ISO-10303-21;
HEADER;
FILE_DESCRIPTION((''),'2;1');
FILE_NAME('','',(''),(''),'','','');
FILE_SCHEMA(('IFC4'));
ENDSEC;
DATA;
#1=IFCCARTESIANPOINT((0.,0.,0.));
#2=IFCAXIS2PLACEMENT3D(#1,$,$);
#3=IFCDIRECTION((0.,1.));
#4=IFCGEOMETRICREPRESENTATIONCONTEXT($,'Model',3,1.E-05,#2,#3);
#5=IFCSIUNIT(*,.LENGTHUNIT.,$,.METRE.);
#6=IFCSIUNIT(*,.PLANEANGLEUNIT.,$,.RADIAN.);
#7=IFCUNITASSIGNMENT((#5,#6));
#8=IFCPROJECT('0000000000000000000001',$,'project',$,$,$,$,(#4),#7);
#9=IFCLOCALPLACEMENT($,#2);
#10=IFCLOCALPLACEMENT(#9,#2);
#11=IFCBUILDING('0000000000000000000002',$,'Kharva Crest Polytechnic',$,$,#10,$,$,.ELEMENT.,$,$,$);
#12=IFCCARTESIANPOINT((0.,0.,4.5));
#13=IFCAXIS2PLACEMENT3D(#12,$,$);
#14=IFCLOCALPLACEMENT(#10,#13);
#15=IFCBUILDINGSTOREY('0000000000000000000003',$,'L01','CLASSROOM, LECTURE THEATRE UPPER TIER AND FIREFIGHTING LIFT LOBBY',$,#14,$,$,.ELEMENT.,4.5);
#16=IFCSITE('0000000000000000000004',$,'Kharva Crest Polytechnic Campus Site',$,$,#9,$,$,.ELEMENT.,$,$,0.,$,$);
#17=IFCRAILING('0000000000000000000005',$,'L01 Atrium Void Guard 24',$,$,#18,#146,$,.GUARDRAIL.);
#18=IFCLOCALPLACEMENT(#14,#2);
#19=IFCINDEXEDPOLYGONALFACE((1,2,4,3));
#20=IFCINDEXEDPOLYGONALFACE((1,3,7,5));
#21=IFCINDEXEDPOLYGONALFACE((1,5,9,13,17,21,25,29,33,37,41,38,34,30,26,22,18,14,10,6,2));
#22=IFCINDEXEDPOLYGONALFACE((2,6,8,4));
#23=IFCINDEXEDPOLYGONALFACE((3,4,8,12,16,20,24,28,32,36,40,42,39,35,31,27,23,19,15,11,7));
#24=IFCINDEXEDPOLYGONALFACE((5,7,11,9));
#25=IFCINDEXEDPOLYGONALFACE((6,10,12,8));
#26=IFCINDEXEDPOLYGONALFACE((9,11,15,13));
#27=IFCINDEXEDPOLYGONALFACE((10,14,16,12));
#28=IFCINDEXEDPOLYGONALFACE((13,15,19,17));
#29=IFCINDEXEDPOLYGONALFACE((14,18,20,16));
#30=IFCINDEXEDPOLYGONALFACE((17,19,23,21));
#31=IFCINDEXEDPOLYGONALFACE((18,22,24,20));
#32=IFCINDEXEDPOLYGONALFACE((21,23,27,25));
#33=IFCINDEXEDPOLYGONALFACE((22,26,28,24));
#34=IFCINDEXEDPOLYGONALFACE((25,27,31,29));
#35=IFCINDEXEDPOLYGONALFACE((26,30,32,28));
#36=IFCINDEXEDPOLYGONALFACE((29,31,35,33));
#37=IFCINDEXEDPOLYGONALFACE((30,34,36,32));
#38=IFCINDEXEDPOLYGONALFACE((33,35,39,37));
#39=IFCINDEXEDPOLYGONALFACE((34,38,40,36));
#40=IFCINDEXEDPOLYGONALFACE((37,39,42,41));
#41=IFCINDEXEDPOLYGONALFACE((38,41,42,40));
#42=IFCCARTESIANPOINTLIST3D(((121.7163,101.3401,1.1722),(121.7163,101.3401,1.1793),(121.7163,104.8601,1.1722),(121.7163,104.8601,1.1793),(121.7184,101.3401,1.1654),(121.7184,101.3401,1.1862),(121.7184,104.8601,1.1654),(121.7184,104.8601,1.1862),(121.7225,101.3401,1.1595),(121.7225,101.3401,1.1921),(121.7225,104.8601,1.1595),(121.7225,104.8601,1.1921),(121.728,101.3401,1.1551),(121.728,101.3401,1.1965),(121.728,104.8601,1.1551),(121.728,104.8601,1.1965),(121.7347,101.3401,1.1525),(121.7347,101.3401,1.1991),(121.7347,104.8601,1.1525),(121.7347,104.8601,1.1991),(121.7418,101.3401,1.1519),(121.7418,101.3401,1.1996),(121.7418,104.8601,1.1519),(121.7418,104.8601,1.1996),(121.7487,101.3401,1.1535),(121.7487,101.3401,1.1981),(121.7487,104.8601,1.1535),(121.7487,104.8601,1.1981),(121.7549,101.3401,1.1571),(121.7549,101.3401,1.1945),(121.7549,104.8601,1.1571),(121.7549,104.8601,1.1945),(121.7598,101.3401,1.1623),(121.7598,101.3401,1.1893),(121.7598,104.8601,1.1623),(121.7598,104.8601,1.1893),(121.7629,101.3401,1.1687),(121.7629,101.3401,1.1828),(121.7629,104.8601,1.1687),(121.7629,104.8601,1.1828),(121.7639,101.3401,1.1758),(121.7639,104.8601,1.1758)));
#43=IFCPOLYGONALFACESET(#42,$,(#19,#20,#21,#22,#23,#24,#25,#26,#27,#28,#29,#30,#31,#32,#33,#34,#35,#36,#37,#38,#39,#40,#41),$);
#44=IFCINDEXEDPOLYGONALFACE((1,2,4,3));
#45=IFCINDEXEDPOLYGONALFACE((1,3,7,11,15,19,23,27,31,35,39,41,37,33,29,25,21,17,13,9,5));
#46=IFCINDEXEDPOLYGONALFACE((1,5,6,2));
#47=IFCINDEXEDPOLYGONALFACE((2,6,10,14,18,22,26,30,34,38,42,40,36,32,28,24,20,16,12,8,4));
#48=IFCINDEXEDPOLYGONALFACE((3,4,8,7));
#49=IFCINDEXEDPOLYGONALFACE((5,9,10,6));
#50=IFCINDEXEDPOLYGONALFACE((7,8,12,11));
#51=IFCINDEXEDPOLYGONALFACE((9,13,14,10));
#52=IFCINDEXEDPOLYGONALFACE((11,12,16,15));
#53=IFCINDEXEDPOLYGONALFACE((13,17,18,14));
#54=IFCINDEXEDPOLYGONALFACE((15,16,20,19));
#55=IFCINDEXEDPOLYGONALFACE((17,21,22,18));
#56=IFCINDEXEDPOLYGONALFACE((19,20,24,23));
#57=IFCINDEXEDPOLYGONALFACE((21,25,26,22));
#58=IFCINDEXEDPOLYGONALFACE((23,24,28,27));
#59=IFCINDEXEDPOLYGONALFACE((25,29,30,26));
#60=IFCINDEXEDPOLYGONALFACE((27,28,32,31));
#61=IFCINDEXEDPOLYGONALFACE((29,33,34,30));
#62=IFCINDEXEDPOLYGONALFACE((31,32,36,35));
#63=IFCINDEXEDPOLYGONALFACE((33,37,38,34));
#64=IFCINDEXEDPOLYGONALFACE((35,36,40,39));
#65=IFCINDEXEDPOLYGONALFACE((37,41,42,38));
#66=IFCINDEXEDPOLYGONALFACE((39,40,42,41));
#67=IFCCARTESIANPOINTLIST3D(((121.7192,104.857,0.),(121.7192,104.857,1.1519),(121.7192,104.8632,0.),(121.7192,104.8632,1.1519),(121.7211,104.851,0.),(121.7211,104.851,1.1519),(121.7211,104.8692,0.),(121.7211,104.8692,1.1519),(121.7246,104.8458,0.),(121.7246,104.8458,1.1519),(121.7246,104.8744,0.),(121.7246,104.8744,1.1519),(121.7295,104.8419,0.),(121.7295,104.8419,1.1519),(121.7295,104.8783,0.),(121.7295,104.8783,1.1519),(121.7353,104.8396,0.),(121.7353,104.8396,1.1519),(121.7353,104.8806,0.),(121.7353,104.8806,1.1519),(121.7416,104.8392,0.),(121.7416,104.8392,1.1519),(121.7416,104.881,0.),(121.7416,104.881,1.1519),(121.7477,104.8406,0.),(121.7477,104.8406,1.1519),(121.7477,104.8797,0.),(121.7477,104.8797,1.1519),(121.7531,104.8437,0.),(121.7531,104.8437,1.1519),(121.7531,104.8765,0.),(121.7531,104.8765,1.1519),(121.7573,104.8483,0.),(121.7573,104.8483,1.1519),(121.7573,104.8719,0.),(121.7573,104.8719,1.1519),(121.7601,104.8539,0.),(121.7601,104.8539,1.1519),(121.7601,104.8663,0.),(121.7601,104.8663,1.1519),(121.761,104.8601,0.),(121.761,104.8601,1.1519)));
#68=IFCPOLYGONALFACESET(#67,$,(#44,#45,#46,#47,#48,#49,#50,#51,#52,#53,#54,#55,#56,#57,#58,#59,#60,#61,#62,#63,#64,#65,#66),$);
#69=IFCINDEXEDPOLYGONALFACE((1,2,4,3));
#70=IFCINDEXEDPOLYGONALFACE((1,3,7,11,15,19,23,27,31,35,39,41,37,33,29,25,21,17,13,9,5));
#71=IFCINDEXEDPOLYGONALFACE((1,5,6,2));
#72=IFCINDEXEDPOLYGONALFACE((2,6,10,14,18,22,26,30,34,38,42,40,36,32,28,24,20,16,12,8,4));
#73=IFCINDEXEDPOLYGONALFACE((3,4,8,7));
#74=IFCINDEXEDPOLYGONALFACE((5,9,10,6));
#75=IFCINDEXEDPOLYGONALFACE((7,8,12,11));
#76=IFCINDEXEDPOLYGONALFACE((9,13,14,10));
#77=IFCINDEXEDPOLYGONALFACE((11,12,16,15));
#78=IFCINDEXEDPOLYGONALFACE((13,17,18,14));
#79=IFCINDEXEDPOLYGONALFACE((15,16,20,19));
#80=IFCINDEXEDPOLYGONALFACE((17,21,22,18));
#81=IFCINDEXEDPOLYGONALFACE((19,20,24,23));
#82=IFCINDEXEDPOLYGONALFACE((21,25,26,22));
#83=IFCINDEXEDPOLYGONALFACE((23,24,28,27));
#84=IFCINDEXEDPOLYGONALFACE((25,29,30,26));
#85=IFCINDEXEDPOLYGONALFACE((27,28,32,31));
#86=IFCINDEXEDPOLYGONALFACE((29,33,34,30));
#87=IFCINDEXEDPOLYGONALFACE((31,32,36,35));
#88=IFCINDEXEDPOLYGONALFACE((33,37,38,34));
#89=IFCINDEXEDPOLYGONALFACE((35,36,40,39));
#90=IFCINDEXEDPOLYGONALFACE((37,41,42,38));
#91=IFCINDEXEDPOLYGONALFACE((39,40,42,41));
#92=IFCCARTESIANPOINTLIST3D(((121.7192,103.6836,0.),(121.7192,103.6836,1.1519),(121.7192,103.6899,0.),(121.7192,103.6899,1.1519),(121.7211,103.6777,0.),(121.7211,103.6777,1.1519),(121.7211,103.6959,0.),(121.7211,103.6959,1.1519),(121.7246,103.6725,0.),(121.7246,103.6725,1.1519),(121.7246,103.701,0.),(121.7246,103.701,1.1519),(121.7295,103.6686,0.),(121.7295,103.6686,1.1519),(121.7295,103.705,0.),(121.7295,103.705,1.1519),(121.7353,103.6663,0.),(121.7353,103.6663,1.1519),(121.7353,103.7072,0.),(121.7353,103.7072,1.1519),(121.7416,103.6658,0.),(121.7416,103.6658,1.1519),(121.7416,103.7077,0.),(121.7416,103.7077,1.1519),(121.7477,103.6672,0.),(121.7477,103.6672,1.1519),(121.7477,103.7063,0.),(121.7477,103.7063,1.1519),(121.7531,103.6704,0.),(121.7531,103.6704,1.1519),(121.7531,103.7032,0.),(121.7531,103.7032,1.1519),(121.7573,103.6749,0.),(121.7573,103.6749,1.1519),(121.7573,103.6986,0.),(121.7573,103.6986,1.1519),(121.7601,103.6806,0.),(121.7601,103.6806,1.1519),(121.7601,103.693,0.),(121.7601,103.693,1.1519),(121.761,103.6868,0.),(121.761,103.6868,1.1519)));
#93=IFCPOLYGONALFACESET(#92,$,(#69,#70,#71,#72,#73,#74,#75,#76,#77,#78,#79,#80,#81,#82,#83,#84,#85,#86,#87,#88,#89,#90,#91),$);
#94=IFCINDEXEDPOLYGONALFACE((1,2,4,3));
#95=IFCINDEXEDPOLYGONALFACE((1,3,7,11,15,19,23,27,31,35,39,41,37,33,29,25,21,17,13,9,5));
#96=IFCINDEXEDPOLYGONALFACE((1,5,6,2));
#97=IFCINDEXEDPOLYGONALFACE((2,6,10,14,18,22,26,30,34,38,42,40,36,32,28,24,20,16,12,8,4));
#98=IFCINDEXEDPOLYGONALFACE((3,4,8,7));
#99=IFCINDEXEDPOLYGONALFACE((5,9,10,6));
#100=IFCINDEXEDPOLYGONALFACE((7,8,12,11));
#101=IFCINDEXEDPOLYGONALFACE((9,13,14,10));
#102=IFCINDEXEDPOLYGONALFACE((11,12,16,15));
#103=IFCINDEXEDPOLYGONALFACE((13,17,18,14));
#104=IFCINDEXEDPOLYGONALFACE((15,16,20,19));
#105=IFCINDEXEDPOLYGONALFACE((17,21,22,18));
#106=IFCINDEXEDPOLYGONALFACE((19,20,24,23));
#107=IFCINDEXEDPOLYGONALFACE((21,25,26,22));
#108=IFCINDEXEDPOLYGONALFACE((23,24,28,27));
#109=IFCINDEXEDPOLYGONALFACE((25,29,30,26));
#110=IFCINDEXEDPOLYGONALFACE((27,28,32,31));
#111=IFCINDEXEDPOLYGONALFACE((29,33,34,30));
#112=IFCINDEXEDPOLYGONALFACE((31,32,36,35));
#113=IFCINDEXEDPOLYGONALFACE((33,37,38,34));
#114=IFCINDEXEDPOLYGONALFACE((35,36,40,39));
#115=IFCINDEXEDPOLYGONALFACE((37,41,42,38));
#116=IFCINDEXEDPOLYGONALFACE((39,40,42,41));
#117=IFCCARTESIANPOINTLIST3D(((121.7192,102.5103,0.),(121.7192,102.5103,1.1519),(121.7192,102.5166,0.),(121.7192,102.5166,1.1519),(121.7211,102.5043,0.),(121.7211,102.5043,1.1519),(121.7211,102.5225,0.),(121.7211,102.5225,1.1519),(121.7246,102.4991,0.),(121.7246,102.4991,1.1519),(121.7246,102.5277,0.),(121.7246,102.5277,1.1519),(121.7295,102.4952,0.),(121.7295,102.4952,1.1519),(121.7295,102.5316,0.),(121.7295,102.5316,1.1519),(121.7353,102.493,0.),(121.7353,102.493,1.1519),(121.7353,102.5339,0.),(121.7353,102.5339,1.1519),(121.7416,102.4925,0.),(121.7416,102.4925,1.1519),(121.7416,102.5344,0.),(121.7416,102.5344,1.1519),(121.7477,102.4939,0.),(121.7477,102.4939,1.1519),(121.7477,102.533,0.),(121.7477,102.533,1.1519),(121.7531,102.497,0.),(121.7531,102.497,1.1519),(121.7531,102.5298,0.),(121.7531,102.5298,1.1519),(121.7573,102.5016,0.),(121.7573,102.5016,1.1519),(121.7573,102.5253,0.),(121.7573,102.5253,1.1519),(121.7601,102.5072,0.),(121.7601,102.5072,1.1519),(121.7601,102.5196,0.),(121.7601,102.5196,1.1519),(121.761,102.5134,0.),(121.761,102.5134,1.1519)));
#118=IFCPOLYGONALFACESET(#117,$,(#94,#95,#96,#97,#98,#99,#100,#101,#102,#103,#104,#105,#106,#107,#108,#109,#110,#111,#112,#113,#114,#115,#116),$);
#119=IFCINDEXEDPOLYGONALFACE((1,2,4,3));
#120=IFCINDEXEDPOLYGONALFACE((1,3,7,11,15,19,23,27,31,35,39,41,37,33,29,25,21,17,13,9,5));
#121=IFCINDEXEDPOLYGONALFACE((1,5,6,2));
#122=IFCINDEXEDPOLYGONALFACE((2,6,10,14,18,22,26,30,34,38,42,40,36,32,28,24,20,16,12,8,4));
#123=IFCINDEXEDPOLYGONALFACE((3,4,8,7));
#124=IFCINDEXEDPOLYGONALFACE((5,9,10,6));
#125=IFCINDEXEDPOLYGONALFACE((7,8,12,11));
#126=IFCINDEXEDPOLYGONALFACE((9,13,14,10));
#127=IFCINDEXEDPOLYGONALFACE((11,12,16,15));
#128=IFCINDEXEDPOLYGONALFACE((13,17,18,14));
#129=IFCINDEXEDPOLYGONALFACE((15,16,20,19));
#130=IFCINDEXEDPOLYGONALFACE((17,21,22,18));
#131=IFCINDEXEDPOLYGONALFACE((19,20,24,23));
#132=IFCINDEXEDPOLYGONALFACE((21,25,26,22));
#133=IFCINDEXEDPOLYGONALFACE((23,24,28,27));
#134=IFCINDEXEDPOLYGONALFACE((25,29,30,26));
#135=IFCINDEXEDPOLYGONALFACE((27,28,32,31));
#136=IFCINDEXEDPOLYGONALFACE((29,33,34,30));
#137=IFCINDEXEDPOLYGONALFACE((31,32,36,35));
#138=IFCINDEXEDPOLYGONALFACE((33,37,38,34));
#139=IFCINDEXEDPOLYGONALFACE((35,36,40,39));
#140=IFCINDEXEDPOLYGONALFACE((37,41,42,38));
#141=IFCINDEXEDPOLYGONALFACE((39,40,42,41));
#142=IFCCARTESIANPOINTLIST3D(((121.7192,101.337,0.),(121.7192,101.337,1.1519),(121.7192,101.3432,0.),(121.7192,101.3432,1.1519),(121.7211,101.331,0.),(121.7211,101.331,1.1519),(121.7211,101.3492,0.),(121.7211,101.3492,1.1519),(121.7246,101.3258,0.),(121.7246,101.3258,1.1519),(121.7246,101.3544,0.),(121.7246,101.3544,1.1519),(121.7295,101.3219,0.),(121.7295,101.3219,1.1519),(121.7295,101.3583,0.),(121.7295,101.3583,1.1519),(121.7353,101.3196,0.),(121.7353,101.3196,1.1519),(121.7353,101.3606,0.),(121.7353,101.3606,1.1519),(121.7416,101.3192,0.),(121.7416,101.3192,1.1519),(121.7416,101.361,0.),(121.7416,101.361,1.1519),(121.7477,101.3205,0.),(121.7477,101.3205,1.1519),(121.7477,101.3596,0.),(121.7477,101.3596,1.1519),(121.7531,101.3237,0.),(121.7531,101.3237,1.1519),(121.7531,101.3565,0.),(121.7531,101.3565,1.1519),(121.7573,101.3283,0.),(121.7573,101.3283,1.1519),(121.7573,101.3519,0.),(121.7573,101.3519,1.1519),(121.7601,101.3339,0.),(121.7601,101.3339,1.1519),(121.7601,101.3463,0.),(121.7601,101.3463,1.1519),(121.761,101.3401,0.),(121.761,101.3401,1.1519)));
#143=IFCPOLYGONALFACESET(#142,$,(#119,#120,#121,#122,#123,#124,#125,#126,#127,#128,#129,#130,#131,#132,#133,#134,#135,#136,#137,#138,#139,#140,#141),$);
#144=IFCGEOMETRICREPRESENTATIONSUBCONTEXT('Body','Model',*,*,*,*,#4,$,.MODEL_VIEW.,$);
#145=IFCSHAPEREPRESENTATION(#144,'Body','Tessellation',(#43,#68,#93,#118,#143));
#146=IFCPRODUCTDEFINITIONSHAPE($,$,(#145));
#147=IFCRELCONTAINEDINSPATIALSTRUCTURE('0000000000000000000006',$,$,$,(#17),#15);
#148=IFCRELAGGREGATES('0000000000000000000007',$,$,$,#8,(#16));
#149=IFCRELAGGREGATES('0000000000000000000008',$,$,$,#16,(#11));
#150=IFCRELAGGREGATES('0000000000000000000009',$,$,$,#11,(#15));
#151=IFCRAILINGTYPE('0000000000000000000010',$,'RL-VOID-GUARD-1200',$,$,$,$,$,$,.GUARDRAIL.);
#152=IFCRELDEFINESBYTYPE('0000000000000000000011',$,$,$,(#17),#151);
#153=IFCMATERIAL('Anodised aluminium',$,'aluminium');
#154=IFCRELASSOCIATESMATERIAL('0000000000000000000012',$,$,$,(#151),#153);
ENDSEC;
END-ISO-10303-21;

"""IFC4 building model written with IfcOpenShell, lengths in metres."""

from ifc_helpers import new_model, si_unit, direction, frame, origin, origin_2d, place, context, subcontext, project, spatial, circle, extrude, material, type_object, element, save


model = new_model("IFC4")

# Units and contexts
model_context = context("Model", 3, precision=1e-05, world=origin(), true_north=direction((0.0, 1.0)))
body_context = subcontext(model_context, "Body", "Model", "MODEL_VIEW")
ifc_project = project(units=[si_unit("LENGTHUNIT", "METRE"), si_unit("PLANEANGLEUNIT", "RADIAN")], contexts=[model_context])

# Site, building, storey
site_placement = place(None, origin())
site = spatial("IfcSite", under=ifc_project, at=site_placement, Name="Kharva Crest Polytechnic Campus Site", CompositionType="ELEMENT", RefElevation=0.0)
building_placement = place(site_placement, origin())
building = spatial("IfcBuilding", under=site, at=building_placement, Name="Kharva Crest Polytechnic", CompositionType="ELEMENT")
storey_placement = place(building_placement, frame((0.0, 0.0, 4.5)))
storey = spatial("IfcBuildingStorey", under=building, at=storey_placement, Name="L01", Description="CLASSROOM, LECTURE THEATRE UPPER TIER AND FIREFIGHTING LIFT LOBBY", CompositionType="ELEMENT", Elevation=4.5)

# Shared definitions
ifc_material_1 = material(Name="Anodised aluminium", Category="aluminium")

# Railing
railing_type = type_object("IfcRailingType", Name="RL-VOID-GUARD-1200", PredefinedType="GUARDRAIL", material=ifc_material_1)
railing_1_placement = place(storey_placement, frame((121.74, 104.8601, 0.0)))
element("IfcRailing", 1, at=railing_1_placement, inside=storey, type_object=railing_type, Name="L01 Atrium Void Guard 24", PredefinedType="GUARDRAIL", context=body_context, shape_type="SweptSolid", body=[
    extrude(circle(Radius=0.0239, at=origin_2d()), frame((0.0, 0.0, 1.1758), z_axis=(0.0, -1.0, 0.0), x_axis=(1.0, 0.0, 0.0)), (0.0, 0.0, 1.0), 3.52),
    extrude(circle(Radius=0.021, at=origin_2d()), origin(), (0.0, 0.0, 1.0), 1.1519),
    extrude(circle(Radius=0.021, at=origin_2d()), frame((0.0, -1.1733, 0.0)), (0.0, 0.0, 1.0), 1.1519),
    extrude(circle(Radius=0.021, at=origin_2d()), frame((0.0, -2.3467, 0.0)), (0.0, 0.0, 1.0), 1.1519),
    extrude(circle(Radius=0.021, at=origin_2d()), frame((0.0, -3.52, 0.0)), (0.0, 0.0, 1.0), 1.1519),
])

save(model, "model.ifc")
